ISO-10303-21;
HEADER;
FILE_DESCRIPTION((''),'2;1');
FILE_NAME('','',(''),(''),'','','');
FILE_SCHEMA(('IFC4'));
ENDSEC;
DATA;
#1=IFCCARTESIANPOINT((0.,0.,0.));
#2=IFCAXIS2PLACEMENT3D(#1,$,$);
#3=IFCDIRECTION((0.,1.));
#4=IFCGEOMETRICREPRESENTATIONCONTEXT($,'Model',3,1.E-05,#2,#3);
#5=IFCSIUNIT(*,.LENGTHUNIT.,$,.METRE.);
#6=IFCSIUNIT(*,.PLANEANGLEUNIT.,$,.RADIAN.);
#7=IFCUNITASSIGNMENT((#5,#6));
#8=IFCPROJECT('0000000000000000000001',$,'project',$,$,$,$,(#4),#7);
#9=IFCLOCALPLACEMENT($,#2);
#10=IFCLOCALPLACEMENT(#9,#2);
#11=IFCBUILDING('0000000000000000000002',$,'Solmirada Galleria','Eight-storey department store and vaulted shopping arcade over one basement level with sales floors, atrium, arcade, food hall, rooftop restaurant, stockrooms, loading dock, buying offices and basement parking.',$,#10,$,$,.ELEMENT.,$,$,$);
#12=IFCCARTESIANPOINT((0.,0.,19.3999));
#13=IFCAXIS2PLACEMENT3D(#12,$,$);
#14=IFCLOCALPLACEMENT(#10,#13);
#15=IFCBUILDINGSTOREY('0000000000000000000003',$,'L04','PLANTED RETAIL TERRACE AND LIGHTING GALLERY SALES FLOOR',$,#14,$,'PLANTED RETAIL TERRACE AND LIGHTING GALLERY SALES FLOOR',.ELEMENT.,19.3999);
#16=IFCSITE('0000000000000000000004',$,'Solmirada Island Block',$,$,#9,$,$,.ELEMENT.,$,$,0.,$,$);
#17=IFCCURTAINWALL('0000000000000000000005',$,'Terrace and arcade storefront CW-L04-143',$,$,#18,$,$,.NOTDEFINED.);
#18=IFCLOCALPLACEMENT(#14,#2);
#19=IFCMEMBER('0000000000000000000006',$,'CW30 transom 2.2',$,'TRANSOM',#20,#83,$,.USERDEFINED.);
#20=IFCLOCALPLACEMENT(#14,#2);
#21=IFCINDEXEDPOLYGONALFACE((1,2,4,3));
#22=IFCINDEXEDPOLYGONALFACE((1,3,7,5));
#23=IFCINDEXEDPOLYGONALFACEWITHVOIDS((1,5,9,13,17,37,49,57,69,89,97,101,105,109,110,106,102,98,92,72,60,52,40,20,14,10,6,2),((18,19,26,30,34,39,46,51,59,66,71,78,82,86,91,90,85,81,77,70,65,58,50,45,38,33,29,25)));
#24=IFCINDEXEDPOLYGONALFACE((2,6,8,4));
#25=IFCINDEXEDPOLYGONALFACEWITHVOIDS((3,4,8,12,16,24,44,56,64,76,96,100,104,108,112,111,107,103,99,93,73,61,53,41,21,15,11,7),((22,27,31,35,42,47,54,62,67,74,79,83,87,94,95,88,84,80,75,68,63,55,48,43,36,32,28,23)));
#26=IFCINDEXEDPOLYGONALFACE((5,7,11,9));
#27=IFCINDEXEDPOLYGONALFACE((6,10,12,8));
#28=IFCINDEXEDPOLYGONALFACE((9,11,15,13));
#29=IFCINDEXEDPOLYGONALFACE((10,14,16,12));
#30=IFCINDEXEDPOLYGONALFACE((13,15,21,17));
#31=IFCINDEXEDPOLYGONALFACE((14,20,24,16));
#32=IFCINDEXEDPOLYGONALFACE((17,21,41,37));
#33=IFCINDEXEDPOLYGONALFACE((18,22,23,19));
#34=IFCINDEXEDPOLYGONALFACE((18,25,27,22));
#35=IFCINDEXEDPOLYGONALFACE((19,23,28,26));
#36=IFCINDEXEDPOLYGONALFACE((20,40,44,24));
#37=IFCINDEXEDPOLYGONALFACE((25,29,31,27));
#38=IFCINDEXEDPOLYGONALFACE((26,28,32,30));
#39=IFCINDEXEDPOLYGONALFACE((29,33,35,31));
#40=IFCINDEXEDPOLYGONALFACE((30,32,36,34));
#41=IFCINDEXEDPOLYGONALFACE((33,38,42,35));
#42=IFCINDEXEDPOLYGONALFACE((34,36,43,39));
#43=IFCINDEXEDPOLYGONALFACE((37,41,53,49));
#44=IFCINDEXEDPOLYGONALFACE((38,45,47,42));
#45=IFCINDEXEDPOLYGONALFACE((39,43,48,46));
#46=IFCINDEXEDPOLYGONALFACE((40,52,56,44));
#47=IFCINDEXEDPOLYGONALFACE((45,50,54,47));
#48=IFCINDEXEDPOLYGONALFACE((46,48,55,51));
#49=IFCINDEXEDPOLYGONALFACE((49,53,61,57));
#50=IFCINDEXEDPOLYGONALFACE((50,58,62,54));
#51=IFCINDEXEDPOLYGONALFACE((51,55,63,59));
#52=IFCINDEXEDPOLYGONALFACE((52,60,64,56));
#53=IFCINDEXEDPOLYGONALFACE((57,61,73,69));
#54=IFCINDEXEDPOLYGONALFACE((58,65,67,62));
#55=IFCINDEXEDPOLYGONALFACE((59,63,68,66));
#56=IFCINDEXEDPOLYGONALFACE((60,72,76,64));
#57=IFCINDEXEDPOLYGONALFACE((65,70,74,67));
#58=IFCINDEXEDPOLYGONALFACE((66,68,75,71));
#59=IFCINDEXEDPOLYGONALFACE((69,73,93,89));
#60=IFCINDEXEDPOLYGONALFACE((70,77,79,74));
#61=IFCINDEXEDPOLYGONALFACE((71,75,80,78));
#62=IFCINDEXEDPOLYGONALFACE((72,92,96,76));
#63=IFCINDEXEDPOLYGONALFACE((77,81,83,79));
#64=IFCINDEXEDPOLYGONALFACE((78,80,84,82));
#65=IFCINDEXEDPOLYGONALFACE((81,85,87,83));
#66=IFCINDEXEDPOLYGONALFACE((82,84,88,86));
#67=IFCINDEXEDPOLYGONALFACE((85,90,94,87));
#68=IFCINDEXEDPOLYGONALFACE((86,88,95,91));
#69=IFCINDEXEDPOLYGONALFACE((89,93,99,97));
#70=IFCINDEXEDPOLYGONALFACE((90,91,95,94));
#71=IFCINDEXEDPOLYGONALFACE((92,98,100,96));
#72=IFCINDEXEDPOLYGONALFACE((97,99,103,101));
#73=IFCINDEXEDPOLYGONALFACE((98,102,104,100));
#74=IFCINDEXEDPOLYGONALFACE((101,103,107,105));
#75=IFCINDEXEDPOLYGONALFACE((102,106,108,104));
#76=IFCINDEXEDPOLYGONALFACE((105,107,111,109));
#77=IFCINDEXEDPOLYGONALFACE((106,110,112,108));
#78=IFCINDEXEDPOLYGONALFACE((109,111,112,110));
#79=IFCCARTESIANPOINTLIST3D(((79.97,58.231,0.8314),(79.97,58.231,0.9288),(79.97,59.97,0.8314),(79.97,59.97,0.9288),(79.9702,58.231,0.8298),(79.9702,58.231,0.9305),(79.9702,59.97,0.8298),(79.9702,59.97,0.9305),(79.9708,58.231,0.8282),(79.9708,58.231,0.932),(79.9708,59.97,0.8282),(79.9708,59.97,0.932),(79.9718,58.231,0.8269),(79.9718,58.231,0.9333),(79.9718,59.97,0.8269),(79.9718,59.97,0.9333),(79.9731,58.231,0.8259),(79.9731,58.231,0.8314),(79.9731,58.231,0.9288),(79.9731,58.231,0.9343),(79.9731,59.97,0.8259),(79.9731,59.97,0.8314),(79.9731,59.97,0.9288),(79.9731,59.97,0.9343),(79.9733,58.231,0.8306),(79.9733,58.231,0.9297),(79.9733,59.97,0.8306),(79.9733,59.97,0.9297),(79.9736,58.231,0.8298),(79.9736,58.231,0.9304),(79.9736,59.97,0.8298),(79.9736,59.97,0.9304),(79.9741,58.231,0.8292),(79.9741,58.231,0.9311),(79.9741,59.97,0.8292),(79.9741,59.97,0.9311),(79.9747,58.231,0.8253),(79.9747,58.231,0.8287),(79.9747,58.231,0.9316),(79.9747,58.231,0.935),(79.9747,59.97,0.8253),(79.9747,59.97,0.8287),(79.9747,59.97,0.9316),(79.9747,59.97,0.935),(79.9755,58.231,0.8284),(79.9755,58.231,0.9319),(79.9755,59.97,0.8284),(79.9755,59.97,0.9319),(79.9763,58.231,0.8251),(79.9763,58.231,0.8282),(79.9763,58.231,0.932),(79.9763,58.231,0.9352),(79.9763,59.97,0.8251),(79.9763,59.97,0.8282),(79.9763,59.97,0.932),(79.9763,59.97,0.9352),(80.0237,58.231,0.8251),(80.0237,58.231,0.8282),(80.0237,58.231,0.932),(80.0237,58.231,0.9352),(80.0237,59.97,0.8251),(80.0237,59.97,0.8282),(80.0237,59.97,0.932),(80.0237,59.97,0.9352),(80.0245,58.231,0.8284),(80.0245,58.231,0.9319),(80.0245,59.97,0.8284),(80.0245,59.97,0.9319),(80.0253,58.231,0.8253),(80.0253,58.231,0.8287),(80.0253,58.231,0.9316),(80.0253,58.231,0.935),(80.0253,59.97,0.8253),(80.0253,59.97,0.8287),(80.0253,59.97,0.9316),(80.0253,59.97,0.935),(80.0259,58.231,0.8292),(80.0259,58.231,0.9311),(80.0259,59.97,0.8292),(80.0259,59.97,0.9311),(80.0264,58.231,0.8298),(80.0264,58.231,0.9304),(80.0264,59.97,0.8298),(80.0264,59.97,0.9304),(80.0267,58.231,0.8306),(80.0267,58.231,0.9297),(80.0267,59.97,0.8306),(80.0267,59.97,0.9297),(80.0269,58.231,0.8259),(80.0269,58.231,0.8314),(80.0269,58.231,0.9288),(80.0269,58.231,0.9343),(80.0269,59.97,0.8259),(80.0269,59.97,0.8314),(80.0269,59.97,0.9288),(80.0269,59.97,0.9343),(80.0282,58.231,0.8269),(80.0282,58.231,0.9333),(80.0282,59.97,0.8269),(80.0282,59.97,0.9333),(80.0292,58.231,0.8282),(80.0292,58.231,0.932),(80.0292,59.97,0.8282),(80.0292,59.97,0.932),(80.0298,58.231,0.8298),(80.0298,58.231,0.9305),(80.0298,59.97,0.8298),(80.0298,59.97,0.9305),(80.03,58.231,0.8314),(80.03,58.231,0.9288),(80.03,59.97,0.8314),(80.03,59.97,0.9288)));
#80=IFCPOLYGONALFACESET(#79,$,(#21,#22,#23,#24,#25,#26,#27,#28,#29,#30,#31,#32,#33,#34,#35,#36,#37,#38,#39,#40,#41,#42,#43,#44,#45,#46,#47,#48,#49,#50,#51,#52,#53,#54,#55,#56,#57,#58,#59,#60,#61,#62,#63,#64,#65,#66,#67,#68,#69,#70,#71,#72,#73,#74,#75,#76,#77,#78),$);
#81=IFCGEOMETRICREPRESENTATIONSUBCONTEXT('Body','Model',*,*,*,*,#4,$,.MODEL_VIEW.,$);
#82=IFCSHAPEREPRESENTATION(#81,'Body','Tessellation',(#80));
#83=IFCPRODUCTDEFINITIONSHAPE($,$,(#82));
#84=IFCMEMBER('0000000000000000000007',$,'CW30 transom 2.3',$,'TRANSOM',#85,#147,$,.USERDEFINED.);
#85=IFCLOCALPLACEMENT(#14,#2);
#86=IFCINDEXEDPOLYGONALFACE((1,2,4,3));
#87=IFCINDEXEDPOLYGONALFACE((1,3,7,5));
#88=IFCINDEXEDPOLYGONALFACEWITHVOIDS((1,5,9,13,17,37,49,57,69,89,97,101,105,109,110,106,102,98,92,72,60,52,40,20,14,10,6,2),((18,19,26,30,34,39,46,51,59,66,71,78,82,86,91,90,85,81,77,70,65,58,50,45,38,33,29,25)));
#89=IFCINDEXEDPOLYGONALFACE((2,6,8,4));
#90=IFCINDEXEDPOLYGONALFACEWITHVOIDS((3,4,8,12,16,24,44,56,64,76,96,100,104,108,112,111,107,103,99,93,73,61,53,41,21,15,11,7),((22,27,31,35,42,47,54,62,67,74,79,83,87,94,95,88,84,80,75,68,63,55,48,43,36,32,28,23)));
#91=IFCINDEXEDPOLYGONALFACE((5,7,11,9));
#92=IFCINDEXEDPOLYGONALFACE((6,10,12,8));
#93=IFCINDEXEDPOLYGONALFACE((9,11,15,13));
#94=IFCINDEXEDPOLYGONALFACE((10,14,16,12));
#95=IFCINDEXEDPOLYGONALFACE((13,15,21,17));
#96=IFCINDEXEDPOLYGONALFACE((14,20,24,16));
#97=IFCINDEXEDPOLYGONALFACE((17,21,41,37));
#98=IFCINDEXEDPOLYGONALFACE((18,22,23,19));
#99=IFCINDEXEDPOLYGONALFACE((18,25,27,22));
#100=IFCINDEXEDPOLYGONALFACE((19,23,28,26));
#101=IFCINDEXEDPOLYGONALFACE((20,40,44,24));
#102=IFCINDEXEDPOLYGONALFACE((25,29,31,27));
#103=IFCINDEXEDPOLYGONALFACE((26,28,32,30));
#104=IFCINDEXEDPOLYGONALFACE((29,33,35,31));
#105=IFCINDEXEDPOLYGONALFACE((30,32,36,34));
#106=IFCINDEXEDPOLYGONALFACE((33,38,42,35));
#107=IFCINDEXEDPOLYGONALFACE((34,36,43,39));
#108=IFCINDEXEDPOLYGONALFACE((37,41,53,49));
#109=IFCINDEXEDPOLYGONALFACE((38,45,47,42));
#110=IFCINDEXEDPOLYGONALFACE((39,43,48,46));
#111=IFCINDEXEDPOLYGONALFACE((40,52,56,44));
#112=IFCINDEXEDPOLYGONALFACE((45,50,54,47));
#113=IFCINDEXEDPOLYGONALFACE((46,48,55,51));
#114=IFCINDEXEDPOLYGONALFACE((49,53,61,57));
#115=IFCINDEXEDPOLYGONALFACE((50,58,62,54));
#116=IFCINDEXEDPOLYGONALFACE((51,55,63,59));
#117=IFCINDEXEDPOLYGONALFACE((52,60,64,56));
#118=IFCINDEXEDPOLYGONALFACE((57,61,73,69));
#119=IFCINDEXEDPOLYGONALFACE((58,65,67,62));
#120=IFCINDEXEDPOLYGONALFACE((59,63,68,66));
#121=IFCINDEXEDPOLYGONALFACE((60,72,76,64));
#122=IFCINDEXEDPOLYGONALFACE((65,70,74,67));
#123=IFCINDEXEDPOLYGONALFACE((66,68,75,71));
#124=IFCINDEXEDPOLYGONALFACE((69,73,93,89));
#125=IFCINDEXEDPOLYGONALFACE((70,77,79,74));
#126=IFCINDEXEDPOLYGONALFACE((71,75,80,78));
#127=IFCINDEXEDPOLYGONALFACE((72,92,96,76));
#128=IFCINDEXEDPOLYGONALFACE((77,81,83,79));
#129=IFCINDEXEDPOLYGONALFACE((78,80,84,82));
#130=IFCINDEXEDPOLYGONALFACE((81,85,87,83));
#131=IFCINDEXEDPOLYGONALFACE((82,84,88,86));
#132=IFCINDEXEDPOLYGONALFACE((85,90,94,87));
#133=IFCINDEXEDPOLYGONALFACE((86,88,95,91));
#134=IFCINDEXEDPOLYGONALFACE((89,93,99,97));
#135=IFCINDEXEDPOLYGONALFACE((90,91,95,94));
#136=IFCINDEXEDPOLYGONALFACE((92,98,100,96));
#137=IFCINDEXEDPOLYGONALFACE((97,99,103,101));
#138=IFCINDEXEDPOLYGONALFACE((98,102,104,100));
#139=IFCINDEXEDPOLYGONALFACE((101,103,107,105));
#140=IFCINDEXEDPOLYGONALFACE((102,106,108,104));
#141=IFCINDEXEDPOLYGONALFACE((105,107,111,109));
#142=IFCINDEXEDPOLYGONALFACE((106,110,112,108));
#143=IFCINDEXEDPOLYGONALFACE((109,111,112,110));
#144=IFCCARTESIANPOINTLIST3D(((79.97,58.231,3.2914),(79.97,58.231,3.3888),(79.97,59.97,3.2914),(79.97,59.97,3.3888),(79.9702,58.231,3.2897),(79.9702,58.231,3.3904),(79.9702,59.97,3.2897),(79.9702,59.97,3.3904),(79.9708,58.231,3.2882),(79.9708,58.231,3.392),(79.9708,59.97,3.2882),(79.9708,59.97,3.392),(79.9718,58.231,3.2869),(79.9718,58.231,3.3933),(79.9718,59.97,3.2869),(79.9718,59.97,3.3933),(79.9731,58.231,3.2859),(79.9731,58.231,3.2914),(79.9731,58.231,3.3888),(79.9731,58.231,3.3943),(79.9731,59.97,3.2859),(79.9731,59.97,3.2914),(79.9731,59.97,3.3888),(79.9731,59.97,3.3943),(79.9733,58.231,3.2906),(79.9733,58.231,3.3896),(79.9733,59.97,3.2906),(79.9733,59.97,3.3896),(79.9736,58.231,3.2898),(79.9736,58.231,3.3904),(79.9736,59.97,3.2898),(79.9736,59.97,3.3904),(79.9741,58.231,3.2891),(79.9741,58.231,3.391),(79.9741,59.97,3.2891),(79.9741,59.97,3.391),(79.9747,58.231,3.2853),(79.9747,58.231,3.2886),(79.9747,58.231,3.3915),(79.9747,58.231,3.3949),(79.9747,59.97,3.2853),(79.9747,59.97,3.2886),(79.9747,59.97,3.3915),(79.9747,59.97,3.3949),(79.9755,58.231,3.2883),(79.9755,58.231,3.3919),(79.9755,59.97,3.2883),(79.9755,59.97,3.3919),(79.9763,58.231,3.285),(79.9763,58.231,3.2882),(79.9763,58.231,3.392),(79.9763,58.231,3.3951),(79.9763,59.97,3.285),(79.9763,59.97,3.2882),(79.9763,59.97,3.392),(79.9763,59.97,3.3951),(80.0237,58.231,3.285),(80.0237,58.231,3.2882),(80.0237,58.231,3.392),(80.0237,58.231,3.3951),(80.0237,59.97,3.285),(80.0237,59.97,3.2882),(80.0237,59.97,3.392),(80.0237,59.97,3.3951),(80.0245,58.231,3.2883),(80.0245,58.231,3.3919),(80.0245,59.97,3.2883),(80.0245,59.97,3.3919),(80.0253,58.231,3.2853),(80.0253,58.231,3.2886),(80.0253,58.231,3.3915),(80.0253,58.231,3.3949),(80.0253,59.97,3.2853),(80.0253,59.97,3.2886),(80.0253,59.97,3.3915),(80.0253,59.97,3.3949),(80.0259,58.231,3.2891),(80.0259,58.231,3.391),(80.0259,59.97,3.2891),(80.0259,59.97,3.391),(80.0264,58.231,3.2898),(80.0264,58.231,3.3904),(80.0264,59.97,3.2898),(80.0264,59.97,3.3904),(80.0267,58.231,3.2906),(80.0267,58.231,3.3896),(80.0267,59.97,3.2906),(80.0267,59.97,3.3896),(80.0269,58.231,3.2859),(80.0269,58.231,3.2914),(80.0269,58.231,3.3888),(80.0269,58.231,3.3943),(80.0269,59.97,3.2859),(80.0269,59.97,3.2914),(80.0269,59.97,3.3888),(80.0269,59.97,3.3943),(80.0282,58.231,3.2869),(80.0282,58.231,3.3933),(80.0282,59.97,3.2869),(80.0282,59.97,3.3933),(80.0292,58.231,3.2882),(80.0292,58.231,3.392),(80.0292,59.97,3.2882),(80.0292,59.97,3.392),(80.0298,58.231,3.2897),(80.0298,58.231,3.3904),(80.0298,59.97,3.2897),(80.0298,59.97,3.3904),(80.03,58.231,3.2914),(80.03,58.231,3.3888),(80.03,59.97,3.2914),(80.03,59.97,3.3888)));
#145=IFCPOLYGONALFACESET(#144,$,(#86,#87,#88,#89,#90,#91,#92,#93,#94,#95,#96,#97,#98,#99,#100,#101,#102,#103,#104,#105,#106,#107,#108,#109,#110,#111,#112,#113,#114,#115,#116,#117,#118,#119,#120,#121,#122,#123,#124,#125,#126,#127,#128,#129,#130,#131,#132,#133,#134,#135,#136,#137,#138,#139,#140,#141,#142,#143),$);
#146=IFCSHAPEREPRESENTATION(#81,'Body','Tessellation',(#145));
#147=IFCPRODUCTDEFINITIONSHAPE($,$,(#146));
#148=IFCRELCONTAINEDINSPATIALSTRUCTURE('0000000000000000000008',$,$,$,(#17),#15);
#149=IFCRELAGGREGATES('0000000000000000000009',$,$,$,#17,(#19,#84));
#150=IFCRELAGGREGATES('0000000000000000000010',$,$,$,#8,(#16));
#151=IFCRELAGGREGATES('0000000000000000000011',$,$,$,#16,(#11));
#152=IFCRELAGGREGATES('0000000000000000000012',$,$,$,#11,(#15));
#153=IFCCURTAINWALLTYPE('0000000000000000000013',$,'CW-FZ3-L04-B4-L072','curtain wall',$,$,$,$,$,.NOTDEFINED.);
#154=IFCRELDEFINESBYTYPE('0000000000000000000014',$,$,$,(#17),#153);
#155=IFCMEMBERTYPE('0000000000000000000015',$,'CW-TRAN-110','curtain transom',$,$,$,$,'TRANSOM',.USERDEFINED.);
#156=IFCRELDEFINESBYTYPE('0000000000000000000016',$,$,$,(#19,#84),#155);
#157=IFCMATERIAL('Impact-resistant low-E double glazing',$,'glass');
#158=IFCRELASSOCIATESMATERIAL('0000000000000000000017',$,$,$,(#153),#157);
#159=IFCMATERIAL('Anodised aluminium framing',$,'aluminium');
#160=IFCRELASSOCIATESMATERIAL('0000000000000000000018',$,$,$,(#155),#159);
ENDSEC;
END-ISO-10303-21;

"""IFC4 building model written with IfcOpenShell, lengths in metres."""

from ifc_helpers import new_model, si_unit, direction, frame, origin, origin_2d, place, context, subcontext, project, spatial, hollow_rectangle, extrude, material, material_profile, profile_set, type_object, element, aggregate, save


model = new_model("IFC4")

# Units and contexts
model_context = context("Model", 3, precision=1e-05, world=origin(), true_north=direction((0.0, 1.0)))
body_context = subcontext(model_context, "Body", "Model", "MODEL_VIEW")
ifc_project = project(units=[si_unit("LENGTHUNIT", "METRE"), si_unit("PLANEANGLEUNIT", "RADIAN")], contexts=[model_context])

# Site, building, storey
site_placement = place(None, origin())
site = spatial("IfcSite", under=ifc_project, at=site_placement, Name="Solmirada Island Block", CompositionType="ELEMENT", RefElevation=0.0)
building_placement = place(site_placement, origin())
building = spatial("IfcBuilding", under=site, at=building_placement, Name="Solmirada Galleria", Description="Eight-storey department store and vaulted shopping arcade over one basement level with sales floors, atrium, arcade, food hall, rooftop restaurant, stockrooms, loading dock, buying offices and basement parking.", CompositionType="ELEMENT")
storey_placement = place(building_placement, frame((0.0, 0.0, 19.3999)))
storey = spatial("IfcBuildingStorey", under=building, at=storey_placement, Name="L04", Description="PLANTED RETAIL TERRACE AND LIGHTING GALLERY SALES FLOOR", LongName="PLANTED RETAIL TERRACE AND LIGHTING GALLERY SALES FLOOR", CompositionType="ELEMENT", Elevation=19.3999)

# Curtain wall, members
ifc_material_1 = material(Name="Impact-resistant low-E double glazing", Category="glass")
curtain_wall_type = type_object("IfcCurtainWallType", Name="CW-FZ3-L04-B4-L072", Description="curtain wall", PredefinedType="NOTDEFINED", material=ifc_material_1)
curtain_wall_placement = place(storey_placement, origin())
curtain_wall = element("IfcCurtainWall", 1, at=curtain_wall_placement, inside=storey, type_object=curtain_wall_type, Name="Terrace and arcade storefront CW-L04-143", PredefinedType="NOTDEFINED")
ifc_material_2 = material(Name="Anodised aluminium framing", Category="aluminium")
ifc_material_profile_1 = material_profile(ifc_material_2, hollow_rectangle(XDim=0.0601, YDim=0.1101, WallThickness=0.0032, InnerFilletRadius=0.0032, OuterFilletRadius=0.0063, at=origin_2d()), Name="ALU-TRAN-110X60")
ifc_profile_set_1 = profile_set([ifc_material_profile_1], Name="Anodised aluminium framing")
member_type_1 = type_object("IfcMemberType", Name="CW-TRAN-110", Description="curtain transom", ElementType="TRANSOM", PredefinedType="USERDEFINED", material=ifc_profile_set_1)
member_1_placement = place(storey_placement, frame((80.0, 58.231, 0.8801), z_axis=(0.0, 1.0, 0.0), x_axis=(-1.0, 0.0, 0.0)))
member_1 = element("IfcMember", 2, at=member_1_placement, type_object=member_type_1, Name="CW30 transom 2.2", ObjectType="TRANSOM", PredefinedType="USERDEFINED", context=body_context, shape_type="SweptSolid", body=[
    extrude(hollow_rectangle(XDim=0.0601, YDim=0.1101, WallThickness=0.0032, InnerFilletRadius=0.0032, OuterFilletRadius=0.0063, at=origin_2d()), origin(), (0.0, 0.0, 1.0), 1.739),
])
member_2_placement = place(storey_placement, frame((80.0, 58.231, 3.3401), z_axis=(0.0, 1.0, 0.0), x_axis=(-1.0, 0.0, 0.0)))
member_2 = element("IfcMember", 3, at=member_2_placement, type_object=member_type_1, Name="CW30 transom 2.3", ObjectType="TRANSOM", PredefinedType="USERDEFINED", context=body_context, shape_type="SweptSolid", body=[
    extrude(hollow_rectangle(XDim=0.0601, YDim=0.1101, WallThickness=0.0032, InnerFilletRadius=0.0032, OuterFilletRadius=0.0063, at=origin_2d()), origin(), (0.0, 0.0, 1.0), 1.739),
])
aggregate(curtain_wall, [member_1, member_2])

save(model, "model.ifc")
